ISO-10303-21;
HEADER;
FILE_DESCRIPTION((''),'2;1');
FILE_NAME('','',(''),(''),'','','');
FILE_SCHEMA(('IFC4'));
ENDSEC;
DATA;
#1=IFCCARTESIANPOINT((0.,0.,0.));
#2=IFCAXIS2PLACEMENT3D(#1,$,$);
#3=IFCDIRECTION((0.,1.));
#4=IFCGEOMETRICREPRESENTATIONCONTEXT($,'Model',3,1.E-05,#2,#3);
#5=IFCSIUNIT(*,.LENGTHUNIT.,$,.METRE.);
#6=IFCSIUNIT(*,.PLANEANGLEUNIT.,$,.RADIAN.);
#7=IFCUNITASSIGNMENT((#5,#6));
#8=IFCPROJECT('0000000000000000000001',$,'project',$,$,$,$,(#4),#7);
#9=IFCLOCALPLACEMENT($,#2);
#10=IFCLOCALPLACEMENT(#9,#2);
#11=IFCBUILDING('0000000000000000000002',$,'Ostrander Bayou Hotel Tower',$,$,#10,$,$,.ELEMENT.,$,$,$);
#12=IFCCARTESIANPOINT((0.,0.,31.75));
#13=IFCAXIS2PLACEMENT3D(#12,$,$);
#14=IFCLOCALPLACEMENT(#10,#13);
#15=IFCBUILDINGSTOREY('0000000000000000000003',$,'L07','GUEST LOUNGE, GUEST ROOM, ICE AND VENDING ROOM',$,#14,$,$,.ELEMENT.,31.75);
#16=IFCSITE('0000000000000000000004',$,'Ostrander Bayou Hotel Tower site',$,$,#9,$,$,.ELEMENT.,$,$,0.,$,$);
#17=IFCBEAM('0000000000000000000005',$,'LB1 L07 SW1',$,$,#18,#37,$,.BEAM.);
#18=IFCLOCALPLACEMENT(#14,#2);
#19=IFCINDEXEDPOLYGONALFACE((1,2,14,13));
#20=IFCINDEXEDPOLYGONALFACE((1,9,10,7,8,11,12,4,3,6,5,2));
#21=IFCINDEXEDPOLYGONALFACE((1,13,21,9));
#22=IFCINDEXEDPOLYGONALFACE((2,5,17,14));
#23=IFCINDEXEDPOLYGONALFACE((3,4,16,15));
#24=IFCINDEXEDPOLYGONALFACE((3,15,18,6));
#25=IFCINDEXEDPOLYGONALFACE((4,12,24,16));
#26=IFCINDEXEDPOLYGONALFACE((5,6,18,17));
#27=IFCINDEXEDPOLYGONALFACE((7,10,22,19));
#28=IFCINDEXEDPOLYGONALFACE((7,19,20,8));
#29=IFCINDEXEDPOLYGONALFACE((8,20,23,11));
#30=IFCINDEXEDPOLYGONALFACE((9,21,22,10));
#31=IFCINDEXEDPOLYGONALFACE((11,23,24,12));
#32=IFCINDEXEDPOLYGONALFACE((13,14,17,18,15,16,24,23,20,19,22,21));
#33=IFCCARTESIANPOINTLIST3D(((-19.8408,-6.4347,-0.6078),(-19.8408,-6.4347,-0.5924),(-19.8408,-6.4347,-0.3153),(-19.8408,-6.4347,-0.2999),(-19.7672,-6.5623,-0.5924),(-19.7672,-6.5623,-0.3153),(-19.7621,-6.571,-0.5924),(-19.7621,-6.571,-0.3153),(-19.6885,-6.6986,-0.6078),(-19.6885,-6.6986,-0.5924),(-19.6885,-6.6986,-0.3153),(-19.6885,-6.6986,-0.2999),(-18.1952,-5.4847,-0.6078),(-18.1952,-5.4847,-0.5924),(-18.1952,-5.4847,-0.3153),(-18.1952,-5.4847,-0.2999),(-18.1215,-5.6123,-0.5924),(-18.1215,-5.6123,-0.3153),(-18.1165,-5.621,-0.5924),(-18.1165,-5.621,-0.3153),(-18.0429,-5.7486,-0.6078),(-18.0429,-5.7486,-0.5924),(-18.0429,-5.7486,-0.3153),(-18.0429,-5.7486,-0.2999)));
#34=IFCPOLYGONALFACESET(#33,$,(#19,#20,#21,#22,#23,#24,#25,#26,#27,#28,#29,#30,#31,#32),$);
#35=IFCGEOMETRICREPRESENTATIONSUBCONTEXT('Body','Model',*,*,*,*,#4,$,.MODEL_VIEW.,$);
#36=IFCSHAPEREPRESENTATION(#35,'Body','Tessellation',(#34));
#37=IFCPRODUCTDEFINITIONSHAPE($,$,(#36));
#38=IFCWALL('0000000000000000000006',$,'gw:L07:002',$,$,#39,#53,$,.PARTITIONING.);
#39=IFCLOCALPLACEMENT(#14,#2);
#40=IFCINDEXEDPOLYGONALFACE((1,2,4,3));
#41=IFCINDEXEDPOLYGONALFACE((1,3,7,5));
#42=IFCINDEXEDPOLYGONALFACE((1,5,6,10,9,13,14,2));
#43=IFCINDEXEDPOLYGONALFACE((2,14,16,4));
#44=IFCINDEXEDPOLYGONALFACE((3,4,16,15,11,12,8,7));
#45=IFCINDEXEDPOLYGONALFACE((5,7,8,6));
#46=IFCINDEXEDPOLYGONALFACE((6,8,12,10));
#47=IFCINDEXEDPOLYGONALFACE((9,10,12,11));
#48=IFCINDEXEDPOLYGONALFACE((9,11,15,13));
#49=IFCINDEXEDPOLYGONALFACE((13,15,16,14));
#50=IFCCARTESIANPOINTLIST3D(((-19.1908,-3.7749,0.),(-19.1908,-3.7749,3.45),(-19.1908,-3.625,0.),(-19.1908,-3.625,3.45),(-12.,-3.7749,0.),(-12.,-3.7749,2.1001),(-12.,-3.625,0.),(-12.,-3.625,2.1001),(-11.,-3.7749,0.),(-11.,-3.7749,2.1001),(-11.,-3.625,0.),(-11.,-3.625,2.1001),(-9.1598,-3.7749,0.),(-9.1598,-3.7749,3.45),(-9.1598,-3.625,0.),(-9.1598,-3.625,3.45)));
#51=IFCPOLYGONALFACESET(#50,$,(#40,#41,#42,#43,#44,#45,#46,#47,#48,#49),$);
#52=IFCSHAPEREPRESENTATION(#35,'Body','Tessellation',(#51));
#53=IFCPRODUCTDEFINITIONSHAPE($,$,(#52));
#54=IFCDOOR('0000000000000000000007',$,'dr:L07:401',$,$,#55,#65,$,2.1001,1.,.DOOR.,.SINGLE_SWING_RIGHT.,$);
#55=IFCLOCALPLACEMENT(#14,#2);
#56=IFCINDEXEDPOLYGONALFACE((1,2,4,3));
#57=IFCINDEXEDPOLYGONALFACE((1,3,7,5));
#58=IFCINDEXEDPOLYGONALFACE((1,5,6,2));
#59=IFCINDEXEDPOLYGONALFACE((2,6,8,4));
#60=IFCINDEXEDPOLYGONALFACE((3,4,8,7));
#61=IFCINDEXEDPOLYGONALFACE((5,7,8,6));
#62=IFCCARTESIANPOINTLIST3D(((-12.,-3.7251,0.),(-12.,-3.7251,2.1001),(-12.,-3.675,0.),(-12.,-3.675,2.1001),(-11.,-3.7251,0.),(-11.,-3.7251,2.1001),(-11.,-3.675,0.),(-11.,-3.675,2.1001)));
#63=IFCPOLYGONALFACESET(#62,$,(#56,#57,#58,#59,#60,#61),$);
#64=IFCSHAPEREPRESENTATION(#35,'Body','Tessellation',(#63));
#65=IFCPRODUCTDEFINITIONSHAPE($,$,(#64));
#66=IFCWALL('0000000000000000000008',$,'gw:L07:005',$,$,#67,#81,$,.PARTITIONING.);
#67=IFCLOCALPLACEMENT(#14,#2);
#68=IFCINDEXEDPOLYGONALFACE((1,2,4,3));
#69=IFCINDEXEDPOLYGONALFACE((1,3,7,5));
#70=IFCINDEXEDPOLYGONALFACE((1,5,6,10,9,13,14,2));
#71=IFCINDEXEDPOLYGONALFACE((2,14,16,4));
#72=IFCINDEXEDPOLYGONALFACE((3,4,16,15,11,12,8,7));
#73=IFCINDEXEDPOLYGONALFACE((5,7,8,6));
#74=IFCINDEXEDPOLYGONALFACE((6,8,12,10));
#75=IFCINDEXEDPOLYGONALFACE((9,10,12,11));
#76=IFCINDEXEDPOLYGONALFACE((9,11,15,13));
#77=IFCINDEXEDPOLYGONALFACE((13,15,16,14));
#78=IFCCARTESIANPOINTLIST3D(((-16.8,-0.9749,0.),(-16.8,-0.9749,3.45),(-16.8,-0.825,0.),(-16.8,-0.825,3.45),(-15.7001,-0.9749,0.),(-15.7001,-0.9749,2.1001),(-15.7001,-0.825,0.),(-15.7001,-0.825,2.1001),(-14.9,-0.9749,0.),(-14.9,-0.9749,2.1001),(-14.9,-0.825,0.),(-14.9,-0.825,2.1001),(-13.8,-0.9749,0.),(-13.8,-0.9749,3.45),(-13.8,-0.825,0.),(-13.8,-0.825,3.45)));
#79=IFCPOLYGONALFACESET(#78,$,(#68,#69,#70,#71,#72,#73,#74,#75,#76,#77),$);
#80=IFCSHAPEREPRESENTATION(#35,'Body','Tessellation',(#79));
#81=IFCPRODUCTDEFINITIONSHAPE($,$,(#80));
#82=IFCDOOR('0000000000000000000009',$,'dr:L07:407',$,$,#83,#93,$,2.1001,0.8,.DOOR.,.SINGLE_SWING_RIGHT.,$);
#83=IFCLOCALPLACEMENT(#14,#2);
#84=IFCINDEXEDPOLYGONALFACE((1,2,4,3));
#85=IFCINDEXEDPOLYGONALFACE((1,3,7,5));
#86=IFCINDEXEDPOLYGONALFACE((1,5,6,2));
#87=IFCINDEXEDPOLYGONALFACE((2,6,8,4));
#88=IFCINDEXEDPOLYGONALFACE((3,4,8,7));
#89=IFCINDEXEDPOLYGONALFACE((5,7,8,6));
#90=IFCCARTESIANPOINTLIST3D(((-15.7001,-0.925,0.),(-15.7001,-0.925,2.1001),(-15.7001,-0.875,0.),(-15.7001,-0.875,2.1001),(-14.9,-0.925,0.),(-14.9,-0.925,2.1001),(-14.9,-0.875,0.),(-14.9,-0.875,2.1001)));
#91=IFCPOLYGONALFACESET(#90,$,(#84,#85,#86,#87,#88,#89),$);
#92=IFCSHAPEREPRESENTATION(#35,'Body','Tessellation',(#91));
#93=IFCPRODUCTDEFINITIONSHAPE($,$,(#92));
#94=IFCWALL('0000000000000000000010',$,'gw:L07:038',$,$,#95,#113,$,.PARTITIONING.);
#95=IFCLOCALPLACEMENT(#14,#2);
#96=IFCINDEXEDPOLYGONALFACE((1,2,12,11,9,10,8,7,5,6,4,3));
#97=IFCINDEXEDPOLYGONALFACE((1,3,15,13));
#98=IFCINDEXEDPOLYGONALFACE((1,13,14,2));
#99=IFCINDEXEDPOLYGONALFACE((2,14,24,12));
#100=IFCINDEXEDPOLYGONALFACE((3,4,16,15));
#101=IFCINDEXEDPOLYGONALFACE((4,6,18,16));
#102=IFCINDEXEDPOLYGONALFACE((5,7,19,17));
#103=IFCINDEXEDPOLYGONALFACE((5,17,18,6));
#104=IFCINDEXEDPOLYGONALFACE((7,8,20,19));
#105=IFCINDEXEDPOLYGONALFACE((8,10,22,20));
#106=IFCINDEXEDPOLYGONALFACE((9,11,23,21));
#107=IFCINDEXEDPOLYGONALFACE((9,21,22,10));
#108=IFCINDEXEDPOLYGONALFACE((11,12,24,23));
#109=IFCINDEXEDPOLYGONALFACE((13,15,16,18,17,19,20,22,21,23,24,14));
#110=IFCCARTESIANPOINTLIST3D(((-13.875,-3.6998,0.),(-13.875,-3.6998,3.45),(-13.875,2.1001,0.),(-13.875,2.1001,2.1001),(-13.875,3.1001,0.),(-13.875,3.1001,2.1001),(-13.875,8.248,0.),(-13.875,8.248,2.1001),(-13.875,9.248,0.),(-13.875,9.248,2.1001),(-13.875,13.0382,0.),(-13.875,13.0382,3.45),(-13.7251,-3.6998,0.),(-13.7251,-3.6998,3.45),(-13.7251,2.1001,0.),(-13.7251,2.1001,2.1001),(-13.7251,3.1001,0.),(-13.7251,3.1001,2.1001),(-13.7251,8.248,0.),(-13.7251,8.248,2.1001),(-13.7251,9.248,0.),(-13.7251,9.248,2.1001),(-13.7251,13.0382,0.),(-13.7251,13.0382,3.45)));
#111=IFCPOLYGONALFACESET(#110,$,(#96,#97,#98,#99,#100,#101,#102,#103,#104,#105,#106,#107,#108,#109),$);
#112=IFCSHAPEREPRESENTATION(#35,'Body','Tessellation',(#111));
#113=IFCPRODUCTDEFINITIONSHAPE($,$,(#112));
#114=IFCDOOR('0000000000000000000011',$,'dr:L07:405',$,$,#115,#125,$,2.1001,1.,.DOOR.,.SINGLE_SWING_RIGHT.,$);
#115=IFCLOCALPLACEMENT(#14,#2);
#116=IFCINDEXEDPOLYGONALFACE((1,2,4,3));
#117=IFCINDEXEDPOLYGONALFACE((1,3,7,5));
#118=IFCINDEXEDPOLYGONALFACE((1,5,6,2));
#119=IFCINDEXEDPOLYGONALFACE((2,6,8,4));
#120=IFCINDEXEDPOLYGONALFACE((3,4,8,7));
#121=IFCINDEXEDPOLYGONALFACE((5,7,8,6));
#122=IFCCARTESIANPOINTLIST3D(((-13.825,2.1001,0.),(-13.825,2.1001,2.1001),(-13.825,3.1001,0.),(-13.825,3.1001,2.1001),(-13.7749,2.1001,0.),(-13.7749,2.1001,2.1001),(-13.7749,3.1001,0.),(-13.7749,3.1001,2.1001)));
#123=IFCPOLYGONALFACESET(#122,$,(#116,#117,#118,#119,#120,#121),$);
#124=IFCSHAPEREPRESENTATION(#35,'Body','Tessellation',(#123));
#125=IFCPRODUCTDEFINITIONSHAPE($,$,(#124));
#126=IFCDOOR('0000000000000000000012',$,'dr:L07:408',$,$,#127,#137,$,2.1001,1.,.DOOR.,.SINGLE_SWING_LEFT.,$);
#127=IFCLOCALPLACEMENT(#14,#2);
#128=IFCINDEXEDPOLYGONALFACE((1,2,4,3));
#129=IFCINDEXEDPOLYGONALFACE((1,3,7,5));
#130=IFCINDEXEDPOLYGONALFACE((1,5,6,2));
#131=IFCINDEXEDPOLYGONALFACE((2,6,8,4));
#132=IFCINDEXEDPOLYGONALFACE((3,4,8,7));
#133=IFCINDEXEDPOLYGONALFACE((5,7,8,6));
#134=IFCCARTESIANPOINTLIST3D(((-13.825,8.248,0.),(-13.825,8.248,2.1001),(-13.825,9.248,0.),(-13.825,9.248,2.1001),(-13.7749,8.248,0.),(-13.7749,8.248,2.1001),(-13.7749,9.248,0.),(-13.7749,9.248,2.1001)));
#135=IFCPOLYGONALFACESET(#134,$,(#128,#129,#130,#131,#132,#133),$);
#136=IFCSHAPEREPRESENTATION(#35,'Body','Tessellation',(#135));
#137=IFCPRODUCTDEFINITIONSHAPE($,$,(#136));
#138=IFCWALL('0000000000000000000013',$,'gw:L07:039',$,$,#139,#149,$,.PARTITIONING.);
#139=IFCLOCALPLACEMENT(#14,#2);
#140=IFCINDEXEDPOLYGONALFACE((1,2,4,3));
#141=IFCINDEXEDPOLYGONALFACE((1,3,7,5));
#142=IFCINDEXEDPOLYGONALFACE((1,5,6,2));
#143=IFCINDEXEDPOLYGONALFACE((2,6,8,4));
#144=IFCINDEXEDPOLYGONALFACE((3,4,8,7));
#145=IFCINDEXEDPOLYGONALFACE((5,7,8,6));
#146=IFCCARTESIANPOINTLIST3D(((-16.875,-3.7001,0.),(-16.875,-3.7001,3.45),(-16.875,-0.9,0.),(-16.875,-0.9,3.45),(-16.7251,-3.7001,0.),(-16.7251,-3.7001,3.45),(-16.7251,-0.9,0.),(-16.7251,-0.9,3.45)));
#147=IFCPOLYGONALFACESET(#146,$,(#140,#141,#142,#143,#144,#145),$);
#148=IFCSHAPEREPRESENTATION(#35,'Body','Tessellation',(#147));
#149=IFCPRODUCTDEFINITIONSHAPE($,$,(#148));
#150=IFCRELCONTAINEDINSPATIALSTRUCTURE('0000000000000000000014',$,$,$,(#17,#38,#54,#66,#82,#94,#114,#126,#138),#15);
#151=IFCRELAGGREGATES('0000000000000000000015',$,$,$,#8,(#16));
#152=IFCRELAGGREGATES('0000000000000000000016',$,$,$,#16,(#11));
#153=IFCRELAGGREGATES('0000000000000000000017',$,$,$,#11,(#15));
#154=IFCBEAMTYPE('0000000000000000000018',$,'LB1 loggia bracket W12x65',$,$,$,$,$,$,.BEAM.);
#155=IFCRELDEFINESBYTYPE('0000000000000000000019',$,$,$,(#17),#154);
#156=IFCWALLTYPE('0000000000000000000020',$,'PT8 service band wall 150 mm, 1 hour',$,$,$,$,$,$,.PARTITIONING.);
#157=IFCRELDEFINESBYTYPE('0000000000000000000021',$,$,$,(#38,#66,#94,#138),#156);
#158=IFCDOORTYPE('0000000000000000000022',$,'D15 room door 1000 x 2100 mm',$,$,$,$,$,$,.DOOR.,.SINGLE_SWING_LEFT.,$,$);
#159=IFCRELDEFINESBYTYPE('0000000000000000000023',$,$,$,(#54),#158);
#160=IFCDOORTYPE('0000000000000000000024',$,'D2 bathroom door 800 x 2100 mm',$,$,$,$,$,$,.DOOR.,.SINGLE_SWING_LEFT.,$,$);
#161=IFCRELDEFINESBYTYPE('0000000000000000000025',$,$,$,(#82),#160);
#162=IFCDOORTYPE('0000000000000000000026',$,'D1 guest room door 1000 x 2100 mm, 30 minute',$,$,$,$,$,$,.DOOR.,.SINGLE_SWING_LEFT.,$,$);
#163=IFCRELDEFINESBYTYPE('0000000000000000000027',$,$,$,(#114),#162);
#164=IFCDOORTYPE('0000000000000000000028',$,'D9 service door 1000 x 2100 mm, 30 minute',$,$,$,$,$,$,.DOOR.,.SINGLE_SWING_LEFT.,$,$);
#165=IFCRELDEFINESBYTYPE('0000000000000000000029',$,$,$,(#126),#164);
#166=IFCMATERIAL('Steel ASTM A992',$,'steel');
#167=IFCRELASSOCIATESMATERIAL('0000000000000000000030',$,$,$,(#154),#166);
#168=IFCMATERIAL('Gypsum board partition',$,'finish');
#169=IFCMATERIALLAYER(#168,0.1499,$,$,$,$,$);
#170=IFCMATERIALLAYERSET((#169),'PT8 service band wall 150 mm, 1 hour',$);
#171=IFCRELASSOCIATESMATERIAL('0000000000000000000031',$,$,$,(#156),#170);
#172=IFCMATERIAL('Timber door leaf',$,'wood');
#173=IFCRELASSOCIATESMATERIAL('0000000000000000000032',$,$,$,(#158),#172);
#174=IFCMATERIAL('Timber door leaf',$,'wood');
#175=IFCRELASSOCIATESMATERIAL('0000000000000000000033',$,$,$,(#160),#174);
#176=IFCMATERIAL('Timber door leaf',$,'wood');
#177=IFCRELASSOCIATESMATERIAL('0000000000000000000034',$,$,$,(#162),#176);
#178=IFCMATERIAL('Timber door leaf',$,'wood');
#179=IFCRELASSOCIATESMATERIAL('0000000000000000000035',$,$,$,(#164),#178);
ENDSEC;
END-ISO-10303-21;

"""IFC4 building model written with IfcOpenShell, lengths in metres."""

from ifc_helpers import new_model, si_unit, direction, frame, frame_2d, origin, origin_2d, place, context, subcontext, project, spatial, rectangle, i_section, extrude, material, layer, layer_set, material_profile, profile_set, type_object, element, fill, save


model = new_model("IFC4")

# Units and contexts
model_context = context("Model", 3, precision=1e-05, world=origin(), true_north=direction((0.0, 1.0)))
body_context = subcontext(model_context, "Body", "Model", "MODEL_VIEW")
ifc_project = project(units=[si_unit("LENGTHUNIT", "METRE"), si_unit("PLANEANGLEUNIT", "RADIAN")], contexts=[model_context])

# Site, building, storey
site_placement = place(None, origin())
site = spatial("IfcSite", under=ifc_project, at=site_placement, Name="Ostrander Bayou Hotel Tower site", CompositionType="ELEMENT", RefElevation=0.0)
building_placement = place(site_placement, origin())
building = spatial("IfcBuilding", under=site, at=building_placement, Name="Ostrander Bayou Hotel Tower", CompositionType="ELEMENT")
storey_placement = place(building_placement, frame((0.0, 0.0, 31.75)))
storey = spatial("IfcBuildingStorey", under=building, at=storey_placement, Name="L07", Description="GUEST LOUNGE, GUEST ROOM, ICE AND VENDING ROOM", CompositionType="ELEMENT", Elevation=31.75)

# Beam
ifc_material_1 = material(Name="Steel ASTM A992", Category="steel")
ifc_material_profile = material_profile(ifc_material_1, i_section(OverallWidth=0.3047, OverallDepth=0.3079, WebThickness=0.01, FlangeThickness=0.0154, at=origin_2d()))
ifc_profile_set = profile_set([ifc_material_profile], Name="Steel ASTM A992")
beam_type = type_object("IfcBeamType", Name="LB1 loggia bracket W12x65", PredefinedType="BEAM", material=ifc_profile_set)
beam_placement = place(storey_placement, frame((-19.7646, -6.5667, -0.4539), z_axis=(0.866044, 0.499967, 0.0), x_axis=(-0.499967, 0.866044, 0.0)))
element("IfcBeam", 1, at=beam_placement, inside=storey, type_object=beam_type, Name="LB1 L07 SW1", PredefinedType="BEAM", context=body_context, shape_type="SweptSolid", body=[
    extrude(i_section(OverallWidth=0.3047, OverallDepth=0.3079, WebThickness=0.01, FlangeThickness=0.0154, at=origin_2d()), origin(), (0.0, 0.0, 1.0), 1.9001),
])

# Walls, openings, doors
ifc_material_2 = material(Name="Gypsum board partition", Category="finish")
ifc_layer_1 = layer(ifc_material_2, 0.1499)
ifc_layer_set_1 = layer_set([ifc_layer_1], Name="PT8 service band wall 150 mm, 1 hour")
wall_type_1 = type_object("IfcWallType", Name="PT8 service band wall 150 mm, 1 hour", PredefinedType="PARTITIONING", material=ifc_layer_set_1)
wall_1_placement = place(storey_placement, frame((-19.1909, -3.7, 0.0), z_axis=(0.0, 0.0, 1.0), x_axis=(1.0, 0.0, 0.0)))
wall_1 = element("IfcWall", 2, at=wall_1_placement, inside=storey, type_object=wall_type_1, Name="gw:L07:002", PredefinedType="PARTITIONING", context=body_context, shape_type="SweptSolid", body=[
    extrude(rectangle(XDim=10.031, YDim=0.1499, at=frame_2d((5.0156, 0.0))), origin(), (0.0, 0.0, 1.0), 3.45),
])
opening_1_placement = place(wall_1_placement, frame((7.1909, 0.0, 0.0)))
opening_1 = element("IfcOpeningElement", 3, at=opening_1_placement, cuts=wall_1, PredefinedType="OPENING", context=body_context, shape_type="SweptSolid", body=[
    extrude(rectangle(XDim=1.0, YDim=2.1001, at=frame_2d((0.5, 1.05))), frame((0.0, 0.075, 0.0), z_axis=(0.0, -1.0, 0.0), x_axis=(1.0, 0.0, 0.0)), (0.0, 0.0, 1.0), 0.1499),
])
ifc_material_3 = material(Name="Timber door leaf", Category="wood")
door_type_1 = type_object("IfcDoorType", Name="D15 room door 1000 x 2100 mm", OperationType="SINGLE_SWING_LEFT", PredefinedType="DOOR", material=ifc_material_3)
door_1_placement = place(opening_1_placement, origin())
door_1 = element("IfcDoor", 4, at=door_1_placement, inside=storey, type_object=door_type_1, Name="dr:L07:401", OperationType="SINGLE_SWING_RIGHT", OverallHeight=2.1001, OverallWidth=1.0, PredefinedType="DOOR", context=body_context, shape_type="SweptSolid", body=[
    extrude(rectangle(XDim=1.0, YDim=2.1001, at=frame_2d((0.5, 1.05))), frame((0.0, 0.0249, 0.0), z_axis=(0.0, -1.0, 0.0), x_axis=(1.0, 0.0, 0.0)), (0.0, 0.0, 1.0), 0.05),
])
fill(opening_1, door_1)
wall_2_placement = place(storey_placement, frame((-16.8, -0.8999, 0.0), z_axis=(0.0, 0.0, 1.0), x_axis=(1.0, 0.0, 0.0)))
wall_2 = element("IfcWall", 5, at=wall_2_placement, inside=storey, type_object=wall_type_1, Name="gw:L07:005", PredefinedType="PARTITIONING", context=body_context, shape_type="SweptSolid", body=[
    extrude(rectangle(XDim=3.0, YDim=0.1499, at=frame_2d((1.5, 0.0))), origin(), (0.0, 0.0, 1.0), 3.45),
])
opening_2_placement = place(wall_2_placement, frame((1.1001, 0.0, 0.0)))
opening_2 = element("IfcOpeningElement", 6, at=opening_2_placement, cuts=wall_2, PredefinedType="OPENING", context=body_context, shape_type="SweptSolid", body=[
    extrude(rectangle(XDim=0.8, YDim=2.1001, at=frame_2d((0.3999, 1.05))), frame((0.0, 0.075, 0.0), z_axis=(0.0, -1.0, 0.0), x_axis=(1.0, 0.0, 0.0)), (0.0, 0.0, 1.0), 0.1499),
])
ifc_material_4 = material(Name="Timber door leaf", Category="wood")
door_type_2 = type_object("IfcDoorType", Name="D2 bathroom door 800 x 2100 mm", OperationType="SINGLE_SWING_LEFT", PredefinedType="DOOR", material=ifc_material_4)
door_2_placement = place(opening_2_placement, origin())
door_2 = element("IfcDoor", 7, at=door_2_placement, inside=storey, type_object=door_type_2, Name="dr:L07:407", OperationType="SINGLE_SWING_RIGHT", OverallHeight=2.1001, OverallWidth=0.8, PredefinedType="DOOR", context=body_context, shape_type="SweptSolid", body=[
    extrude(rectangle(XDim=0.8, YDim=2.1001, at=frame_2d((0.3999, 1.05))), frame((0.0, 0.0249, 0.0), z_axis=(0.0, -1.0, 0.0), x_axis=(1.0, 0.0, 0.0)), (0.0, 0.0, 1.0), 0.05),
])
fill(opening_2, door_2)

# Wall, openings, doors
wall_3_placement = place(storey_placement, frame((-13.8, -3.7, 0.0), z_axis=(0.0, 0.0, 1.0), x_axis=(0.0, 1.0, 0.0)))
wall_3 = element("IfcWall", 8, at=wall_3_placement, inside=storey, type_object=wall_type_1, Name="gw:L07:038", PredefinedType="PARTITIONING", context=body_context, shape_type="SweptSolid", body=[
    extrude(rectangle(XDim=16.738, YDim=0.1499, at=frame_2d((8.3691, 0.0))), origin(), (0.0, 0.0, 1.0), 3.45),
])
opening_3_placement = place(wall_3_placement, frame((5.8, 0.0, 0.0)))
opening_3 = element("IfcOpeningElement", 9, at=opening_3_placement, cuts=wall_3, PredefinedType="OPENING", context=body_context, shape_type="SweptSolid", body=[
    extrude(rectangle(XDim=1.0, YDim=2.1001, at=frame_2d((0.5, 1.05))), frame((0.0, 0.075, 0.0), z_axis=(0.0, -1.0, 0.0), x_axis=(1.0, 0.0, 0.0)), (0.0, 0.0, 1.0), 0.1499),
])
opening_4_placement = place(wall_3_placement, frame((11.948, 0.0, 0.0)))
opening_4 = element("IfcOpeningElement", 10, at=opening_4_placement, cuts=wall_3, PredefinedType="OPENING", context=body_context, shape_type="SweptSolid", body=[
    extrude(rectangle(XDim=1.0, YDim=2.1001, at=frame_2d((0.5, 1.05))), frame((0.0, 0.075, 0.0), z_axis=(0.0, -1.0, 0.0), x_axis=(1.0, 0.0, 0.0)), (0.0, 0.0, 1.0), 0.1499),
])
ifc_material_5 = material(Name="Timber door leaf", Category="wood")
door_type_3 = type_object("IfcDoorType", Name="D1 guest room door 1000 x 2100 mm, 30 minute", OperationType="SINGLE_SWING_LEFT", PredefinedType="DOOR", material=ifc_material_5)
door_3_placement = place(opening_3_placement, origin())
door_3 = element("IfcDoor", 11, at=door_3_placement, inside=storey, type_object=door_type_3, Name="dr:L07:405", OperationType="SINGLE_SWING_RIGHT", OverallHeight=2.1001, OverallWidth=1.0, PredefinedType="DOOR", context=body_context, shape_type="SweptSolid", body=[
    extrude(rectangle(XDim=1.0, YDim=2.1001, at=frame_2d((0.5, 1.05))), frame((0.0, 0.0249, 0.0), z_axis=(0.0, -1.0, 0.0), x_axis=(1.0, 0.0, 0.0)), (0.0, 0.0, 1.0), 0.05),
])
fill(opening_3, door_3)
ifc_material_6 = material(Name="Timber door leaf", Category="wood")
door_type_4 = type_object("IfcDoorType", Name="D9 service door 1000 x 2100 mm, 30 minute", OperationType="SINGLE_SWING_LEFT", PredefinedType="DOOR", material=ifc_material_6)
door_4_placement = place(opening_4_placement, origin())
door_4 = element("IfcDoor", 12, at=door_4_placement, inside=storey, type_object=door_type_4, Name="dr:L07:408", OperationType="SINGLE_SWING_LEFT", OverallHeight=2.1001, OverallWidth=1.0, PredefinedType="DOOR", context=body_context, shape_type="SweptSolid", body=[
    extrude(rectangle(XDim=1.0, YDim=2.1001, at=frame_2d((0.5, 1.05))), frame((0.0, 0.0249, 0.0), z_axis=(0.0, -1.0, 0.0), x_axis=(1.0, 0.0, 0.0)), (0.0, 0.0, 1.0), 0.05),
])
fill(opening_4, door_4)

# Wall
wall_4_placement = place(storey_placement, frame((-16.8, -3.7, 0.0), z_axis=(0.0, 0.0, 1.0), x_axis=(0.0, 1.0, 0.0)))
element("IfcWall", 13, at=wall_4_placement, inside=storey, type_object=wall_type_1, Name="gw:L07:039", PredefinedType="PARTITIONING", context=body_context, shape_type="SweptSolid", body=[
    extrude(rectangle(XDim=2.8, YDim=0.1499, at=frame_2d((1.3999, 0.0))), origin(), (0.0, 0.0, 1.0), 3.45),
])

save(model, "model.ifc")
